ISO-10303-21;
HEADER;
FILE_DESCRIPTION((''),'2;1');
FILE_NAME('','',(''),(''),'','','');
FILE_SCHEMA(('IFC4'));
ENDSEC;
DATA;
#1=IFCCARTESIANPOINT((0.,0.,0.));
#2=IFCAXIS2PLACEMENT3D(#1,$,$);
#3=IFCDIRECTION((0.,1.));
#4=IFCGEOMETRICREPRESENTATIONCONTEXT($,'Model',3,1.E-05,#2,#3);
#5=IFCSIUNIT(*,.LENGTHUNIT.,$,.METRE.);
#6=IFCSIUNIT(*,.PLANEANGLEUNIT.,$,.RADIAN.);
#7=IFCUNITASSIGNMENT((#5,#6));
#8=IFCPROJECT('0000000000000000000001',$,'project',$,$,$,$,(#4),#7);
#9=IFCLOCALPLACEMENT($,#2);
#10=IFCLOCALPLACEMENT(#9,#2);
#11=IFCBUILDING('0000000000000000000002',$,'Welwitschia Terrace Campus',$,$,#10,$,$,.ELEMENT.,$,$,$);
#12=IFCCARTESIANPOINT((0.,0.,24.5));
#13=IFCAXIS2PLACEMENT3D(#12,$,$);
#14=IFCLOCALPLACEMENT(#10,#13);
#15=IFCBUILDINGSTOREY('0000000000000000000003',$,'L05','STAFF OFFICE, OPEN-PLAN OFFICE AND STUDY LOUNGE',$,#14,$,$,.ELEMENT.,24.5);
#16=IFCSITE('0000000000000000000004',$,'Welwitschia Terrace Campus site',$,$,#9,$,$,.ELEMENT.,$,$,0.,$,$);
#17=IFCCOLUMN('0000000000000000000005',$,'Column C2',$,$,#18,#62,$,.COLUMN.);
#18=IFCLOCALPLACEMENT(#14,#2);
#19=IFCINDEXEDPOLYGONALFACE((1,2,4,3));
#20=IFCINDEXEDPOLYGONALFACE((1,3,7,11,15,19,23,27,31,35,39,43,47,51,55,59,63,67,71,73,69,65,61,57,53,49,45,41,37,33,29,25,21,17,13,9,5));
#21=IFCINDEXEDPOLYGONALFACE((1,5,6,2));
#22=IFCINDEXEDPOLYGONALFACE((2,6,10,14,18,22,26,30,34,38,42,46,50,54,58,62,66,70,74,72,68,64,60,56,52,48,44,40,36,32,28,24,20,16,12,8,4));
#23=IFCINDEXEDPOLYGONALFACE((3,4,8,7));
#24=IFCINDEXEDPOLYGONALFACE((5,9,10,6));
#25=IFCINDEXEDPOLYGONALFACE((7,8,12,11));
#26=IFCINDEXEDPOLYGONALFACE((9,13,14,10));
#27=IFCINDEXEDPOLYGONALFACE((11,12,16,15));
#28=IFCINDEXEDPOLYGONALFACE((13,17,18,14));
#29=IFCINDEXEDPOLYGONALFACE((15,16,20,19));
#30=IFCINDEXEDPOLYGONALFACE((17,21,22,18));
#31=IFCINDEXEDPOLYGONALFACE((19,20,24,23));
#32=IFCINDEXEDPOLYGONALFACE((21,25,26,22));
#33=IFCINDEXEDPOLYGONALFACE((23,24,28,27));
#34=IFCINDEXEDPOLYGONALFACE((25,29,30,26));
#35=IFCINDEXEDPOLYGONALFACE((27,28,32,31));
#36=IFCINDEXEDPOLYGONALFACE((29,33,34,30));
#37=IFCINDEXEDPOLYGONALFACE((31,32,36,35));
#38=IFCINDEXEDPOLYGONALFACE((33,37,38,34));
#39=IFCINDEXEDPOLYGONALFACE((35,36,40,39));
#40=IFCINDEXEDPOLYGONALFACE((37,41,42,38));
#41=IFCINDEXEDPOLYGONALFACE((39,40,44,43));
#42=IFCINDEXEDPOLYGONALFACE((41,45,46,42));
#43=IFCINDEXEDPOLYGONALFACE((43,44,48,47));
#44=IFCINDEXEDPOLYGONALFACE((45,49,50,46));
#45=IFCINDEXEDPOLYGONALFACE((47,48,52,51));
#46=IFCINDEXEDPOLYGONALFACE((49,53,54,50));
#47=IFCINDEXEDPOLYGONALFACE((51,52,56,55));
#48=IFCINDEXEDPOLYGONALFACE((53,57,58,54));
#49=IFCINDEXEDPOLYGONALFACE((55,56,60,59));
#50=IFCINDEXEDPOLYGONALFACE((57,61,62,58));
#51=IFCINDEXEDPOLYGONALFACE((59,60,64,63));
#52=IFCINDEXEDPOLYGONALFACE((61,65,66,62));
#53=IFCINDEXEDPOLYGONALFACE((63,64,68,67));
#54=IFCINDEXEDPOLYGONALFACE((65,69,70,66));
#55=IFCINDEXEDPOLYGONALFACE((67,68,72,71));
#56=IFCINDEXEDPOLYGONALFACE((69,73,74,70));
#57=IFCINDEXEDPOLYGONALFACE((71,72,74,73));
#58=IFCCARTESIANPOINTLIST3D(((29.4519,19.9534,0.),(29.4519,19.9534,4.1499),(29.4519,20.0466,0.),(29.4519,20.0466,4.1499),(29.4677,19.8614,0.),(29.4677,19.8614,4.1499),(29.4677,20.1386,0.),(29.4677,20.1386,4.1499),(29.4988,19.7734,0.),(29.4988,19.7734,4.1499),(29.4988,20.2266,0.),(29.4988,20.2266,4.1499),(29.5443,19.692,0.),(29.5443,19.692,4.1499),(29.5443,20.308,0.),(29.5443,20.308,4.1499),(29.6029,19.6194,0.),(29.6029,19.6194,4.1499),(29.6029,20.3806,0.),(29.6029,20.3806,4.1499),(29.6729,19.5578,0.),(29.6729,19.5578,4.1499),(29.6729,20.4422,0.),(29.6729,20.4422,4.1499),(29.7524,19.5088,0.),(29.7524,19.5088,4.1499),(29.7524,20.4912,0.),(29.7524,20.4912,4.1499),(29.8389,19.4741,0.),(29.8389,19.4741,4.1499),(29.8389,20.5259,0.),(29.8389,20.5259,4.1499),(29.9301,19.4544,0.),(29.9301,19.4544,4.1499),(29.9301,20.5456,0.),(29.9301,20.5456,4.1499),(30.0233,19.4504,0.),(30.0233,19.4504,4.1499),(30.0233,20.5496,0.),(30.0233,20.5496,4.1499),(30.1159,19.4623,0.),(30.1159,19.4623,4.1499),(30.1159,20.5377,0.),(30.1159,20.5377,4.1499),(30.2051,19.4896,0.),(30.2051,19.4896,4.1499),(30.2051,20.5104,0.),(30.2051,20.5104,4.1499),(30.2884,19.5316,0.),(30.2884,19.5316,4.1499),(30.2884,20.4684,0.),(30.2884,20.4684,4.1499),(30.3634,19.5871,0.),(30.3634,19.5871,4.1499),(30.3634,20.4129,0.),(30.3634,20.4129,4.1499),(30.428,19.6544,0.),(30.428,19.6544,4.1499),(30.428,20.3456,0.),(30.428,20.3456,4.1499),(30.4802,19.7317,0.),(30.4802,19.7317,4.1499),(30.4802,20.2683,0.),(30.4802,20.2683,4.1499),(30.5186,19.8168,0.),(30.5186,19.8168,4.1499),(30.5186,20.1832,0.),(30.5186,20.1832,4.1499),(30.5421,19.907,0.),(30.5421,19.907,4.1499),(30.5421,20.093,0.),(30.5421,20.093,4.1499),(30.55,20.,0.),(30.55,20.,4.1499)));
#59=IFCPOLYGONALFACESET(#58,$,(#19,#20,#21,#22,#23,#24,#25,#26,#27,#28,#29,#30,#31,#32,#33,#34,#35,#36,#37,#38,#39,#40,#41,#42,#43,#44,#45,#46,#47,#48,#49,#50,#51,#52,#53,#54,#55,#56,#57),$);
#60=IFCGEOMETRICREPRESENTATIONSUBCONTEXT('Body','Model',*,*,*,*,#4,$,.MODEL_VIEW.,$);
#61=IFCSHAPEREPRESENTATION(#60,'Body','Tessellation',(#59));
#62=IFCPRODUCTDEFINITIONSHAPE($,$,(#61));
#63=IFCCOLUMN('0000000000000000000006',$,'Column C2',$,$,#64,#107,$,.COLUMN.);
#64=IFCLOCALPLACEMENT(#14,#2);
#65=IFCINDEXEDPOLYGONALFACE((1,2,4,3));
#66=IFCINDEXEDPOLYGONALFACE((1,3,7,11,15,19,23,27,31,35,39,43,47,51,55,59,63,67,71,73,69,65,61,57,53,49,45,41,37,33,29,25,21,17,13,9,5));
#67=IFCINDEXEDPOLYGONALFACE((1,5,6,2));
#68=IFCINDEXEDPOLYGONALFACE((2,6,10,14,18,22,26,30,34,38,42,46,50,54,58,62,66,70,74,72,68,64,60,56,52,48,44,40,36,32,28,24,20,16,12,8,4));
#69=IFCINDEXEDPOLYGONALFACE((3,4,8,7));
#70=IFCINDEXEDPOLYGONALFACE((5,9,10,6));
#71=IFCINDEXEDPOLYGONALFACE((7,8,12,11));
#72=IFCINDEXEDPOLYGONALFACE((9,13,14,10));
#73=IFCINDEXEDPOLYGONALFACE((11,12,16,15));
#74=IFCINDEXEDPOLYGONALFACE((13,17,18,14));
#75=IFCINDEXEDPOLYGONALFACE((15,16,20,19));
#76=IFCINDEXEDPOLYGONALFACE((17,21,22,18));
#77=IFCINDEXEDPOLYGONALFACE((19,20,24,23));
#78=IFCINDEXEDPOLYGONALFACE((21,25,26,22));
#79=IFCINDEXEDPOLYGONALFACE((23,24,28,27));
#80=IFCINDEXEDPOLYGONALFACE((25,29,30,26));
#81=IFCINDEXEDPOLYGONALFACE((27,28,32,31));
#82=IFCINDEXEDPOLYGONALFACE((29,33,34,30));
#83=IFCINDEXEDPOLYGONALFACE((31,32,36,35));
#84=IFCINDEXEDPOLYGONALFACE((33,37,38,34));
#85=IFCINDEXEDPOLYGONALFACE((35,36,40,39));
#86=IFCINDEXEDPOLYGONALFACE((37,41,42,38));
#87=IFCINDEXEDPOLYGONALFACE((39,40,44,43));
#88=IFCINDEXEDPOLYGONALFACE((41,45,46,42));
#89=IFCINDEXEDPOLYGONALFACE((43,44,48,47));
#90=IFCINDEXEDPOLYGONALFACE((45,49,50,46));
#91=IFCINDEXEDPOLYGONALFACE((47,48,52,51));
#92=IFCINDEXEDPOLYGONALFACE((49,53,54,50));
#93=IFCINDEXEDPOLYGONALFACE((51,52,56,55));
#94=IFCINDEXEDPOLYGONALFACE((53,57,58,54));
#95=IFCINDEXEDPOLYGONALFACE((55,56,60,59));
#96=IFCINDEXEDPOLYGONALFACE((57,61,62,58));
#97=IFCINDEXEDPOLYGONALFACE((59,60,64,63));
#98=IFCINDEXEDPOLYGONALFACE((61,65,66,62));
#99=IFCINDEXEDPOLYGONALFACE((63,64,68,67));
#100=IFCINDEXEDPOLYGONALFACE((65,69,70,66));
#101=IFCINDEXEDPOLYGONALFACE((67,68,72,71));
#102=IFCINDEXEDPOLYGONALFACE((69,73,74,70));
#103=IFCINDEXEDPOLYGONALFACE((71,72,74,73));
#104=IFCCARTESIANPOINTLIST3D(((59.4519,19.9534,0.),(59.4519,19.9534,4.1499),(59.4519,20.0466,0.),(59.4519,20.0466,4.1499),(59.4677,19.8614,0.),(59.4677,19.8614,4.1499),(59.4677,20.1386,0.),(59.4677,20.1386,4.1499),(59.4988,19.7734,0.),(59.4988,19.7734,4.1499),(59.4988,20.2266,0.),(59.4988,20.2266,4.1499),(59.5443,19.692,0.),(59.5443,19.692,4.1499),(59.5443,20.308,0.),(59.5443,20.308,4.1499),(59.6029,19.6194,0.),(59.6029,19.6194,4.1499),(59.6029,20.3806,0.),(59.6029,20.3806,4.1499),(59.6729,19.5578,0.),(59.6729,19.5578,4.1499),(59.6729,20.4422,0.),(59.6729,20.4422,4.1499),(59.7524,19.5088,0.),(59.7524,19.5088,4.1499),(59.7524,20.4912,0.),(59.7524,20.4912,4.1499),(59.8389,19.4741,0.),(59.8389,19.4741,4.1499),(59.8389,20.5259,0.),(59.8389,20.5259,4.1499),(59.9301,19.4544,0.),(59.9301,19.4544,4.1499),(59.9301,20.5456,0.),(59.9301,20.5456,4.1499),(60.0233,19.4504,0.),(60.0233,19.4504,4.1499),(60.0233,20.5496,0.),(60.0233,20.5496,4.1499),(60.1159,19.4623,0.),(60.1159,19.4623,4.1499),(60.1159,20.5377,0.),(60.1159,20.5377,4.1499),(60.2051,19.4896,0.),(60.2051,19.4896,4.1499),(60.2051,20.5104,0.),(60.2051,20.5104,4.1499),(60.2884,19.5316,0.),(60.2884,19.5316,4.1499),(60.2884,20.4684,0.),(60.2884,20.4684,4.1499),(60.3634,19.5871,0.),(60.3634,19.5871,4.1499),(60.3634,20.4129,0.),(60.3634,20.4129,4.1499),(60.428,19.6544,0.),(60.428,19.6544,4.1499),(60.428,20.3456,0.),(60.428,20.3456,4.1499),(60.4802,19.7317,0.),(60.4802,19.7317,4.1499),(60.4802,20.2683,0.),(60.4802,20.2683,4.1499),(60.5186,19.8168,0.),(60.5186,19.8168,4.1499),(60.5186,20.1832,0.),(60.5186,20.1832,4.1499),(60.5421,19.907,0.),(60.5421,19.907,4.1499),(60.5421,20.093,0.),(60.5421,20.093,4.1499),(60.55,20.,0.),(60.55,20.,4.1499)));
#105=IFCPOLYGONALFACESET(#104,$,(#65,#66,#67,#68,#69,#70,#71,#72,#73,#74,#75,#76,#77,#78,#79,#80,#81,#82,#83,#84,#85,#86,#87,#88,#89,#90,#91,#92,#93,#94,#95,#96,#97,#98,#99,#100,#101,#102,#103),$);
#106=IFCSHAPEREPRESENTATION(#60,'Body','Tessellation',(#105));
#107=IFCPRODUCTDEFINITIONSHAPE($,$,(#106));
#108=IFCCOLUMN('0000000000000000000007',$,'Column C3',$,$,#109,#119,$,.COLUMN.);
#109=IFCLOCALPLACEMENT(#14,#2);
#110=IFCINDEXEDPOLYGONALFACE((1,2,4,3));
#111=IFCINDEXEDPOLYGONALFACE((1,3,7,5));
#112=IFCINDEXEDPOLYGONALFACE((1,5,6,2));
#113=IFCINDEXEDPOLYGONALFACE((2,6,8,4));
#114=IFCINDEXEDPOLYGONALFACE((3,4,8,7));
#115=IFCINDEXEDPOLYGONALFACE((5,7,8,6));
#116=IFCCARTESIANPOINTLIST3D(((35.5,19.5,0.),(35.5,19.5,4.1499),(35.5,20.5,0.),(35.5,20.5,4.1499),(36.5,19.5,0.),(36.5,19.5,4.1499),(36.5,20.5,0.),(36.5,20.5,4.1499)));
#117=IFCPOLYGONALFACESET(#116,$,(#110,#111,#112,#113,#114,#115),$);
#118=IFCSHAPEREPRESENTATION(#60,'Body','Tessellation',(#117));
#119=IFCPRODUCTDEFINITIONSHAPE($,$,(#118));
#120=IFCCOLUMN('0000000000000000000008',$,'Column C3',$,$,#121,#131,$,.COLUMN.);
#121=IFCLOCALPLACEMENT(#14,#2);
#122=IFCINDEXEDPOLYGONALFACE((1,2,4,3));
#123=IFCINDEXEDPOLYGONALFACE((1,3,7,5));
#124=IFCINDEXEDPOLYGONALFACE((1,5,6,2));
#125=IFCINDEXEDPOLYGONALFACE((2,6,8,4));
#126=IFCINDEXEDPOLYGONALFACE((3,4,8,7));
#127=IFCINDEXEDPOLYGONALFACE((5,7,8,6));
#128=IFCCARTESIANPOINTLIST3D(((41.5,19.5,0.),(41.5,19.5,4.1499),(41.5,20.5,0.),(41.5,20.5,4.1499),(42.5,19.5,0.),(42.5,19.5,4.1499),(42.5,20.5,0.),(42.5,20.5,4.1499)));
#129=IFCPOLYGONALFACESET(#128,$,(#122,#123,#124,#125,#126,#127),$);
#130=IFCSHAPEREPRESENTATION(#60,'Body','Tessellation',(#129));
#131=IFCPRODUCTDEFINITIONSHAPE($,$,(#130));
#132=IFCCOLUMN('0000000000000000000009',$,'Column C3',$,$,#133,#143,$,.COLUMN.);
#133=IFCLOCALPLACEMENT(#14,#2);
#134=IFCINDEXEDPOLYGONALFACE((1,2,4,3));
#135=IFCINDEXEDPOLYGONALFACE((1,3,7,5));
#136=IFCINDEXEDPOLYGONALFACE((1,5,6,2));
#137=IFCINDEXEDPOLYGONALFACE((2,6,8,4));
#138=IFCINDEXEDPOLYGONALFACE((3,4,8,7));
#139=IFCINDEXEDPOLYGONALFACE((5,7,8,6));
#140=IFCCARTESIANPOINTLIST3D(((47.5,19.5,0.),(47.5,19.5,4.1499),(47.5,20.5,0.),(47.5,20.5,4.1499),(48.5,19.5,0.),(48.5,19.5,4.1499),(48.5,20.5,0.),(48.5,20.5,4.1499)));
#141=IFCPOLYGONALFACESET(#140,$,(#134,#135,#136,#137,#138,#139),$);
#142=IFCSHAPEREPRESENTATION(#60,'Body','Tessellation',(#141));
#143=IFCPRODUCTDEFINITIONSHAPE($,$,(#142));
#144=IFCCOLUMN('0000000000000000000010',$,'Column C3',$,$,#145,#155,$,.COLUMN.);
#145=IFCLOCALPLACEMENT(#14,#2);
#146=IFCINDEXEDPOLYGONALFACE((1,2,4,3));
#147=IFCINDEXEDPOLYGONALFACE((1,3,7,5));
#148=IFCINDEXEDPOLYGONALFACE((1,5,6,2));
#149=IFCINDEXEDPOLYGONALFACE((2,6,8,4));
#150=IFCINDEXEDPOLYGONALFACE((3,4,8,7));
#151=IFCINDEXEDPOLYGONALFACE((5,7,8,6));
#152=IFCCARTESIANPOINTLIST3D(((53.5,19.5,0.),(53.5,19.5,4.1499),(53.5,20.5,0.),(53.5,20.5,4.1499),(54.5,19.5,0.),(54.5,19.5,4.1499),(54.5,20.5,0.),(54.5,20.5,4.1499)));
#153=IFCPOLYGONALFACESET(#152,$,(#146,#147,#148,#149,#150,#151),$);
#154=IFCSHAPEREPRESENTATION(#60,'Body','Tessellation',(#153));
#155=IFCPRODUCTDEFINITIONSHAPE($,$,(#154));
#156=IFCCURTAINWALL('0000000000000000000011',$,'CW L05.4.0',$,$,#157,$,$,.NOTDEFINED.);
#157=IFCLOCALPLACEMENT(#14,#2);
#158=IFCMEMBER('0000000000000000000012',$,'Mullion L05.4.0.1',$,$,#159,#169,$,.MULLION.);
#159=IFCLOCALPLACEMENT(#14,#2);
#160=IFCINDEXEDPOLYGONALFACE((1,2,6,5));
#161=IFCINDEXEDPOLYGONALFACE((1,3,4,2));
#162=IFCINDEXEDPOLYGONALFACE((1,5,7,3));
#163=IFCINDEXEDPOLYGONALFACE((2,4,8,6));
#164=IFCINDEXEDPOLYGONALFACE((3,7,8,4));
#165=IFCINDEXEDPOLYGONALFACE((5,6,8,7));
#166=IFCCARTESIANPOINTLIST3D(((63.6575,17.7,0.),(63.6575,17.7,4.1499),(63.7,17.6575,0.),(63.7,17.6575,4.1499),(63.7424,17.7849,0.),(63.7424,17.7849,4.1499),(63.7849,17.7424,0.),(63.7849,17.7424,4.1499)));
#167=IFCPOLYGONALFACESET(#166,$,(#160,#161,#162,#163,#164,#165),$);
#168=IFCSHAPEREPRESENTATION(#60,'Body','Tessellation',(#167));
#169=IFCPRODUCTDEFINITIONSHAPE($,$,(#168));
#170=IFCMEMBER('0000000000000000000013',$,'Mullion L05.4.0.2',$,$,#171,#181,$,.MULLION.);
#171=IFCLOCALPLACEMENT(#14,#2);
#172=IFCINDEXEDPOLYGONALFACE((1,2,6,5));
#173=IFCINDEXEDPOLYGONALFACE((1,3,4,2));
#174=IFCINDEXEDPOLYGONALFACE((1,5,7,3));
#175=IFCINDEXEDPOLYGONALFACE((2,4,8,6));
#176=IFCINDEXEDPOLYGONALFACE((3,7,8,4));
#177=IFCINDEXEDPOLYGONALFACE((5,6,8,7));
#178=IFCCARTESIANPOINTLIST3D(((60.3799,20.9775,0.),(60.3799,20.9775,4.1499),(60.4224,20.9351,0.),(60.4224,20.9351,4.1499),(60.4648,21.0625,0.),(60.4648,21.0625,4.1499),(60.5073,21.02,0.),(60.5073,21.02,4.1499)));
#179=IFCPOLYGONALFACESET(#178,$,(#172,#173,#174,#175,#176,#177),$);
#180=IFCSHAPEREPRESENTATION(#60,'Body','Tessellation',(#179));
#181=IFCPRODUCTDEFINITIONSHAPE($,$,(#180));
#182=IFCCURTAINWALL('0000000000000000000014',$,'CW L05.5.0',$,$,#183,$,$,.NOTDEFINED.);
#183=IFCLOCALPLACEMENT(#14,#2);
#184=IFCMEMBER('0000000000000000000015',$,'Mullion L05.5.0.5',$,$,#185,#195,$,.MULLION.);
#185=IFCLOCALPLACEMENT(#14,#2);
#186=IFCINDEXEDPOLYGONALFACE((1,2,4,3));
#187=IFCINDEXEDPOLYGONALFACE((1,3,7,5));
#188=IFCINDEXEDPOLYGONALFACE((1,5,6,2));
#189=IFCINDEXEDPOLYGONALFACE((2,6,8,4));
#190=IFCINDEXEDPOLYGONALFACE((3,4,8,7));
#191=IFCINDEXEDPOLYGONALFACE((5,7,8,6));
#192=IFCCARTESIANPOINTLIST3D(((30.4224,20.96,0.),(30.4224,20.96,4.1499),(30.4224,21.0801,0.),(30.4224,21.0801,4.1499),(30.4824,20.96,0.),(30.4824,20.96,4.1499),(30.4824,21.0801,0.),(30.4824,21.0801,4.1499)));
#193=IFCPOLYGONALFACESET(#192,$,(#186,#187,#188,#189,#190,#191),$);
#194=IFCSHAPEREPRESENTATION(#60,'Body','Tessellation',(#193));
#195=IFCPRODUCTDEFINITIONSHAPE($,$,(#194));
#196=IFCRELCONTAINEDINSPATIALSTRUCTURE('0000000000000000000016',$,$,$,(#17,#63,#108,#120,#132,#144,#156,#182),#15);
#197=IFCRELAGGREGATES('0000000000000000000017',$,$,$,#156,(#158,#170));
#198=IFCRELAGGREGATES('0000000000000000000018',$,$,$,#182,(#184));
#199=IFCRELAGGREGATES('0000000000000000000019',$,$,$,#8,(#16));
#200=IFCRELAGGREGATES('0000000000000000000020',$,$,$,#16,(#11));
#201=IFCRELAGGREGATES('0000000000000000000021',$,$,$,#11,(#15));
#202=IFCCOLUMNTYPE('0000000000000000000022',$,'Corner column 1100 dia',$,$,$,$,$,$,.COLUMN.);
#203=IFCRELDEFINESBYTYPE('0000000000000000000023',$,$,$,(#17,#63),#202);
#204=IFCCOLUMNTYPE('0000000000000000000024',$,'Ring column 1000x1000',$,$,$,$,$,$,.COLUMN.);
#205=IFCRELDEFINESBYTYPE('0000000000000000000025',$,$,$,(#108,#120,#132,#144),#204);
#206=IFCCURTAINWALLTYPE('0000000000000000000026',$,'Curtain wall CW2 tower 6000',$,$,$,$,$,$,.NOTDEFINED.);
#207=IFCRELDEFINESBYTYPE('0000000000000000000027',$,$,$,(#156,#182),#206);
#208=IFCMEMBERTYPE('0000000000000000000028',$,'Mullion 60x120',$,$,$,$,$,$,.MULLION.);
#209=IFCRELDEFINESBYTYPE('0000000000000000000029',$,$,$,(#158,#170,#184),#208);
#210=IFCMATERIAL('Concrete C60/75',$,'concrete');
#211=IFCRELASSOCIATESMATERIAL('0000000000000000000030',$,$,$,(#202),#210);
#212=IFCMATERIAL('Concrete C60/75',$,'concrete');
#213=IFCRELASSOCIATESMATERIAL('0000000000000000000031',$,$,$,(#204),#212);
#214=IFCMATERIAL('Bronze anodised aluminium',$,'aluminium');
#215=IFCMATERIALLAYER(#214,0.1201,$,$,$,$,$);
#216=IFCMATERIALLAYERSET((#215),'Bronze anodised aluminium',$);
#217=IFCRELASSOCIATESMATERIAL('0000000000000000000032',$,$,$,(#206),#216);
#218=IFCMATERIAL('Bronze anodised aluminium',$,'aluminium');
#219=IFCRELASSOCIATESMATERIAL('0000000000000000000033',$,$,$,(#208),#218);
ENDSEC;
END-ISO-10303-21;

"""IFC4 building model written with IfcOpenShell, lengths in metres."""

from ifc_helpers import new_model, si_unit, direction, frame, origin, origin_2d, place, context, subcontext, project, spatial, rectangle, circle, extrude, material, layer, layer_set, material_profile, profile_set, type_object, element, aggregate, save


model = new_model("IFC4")

# Units and contexts
model_context = context("Model", 3, precision=1e-05, world=origin(), true_north=direction((0.0, 1.0)))
body_context = subcontext(model_context, "Body", "Model", "MODEL_VIEW")
ifc_project = project(units=[si_unit("LENGTHUNIT", "METRE"), si_unit("PLANEANGLEUNIT", "RADIAN")], contexts=[model_context])

# Site, building, storey
site_placement = place(None, origin())
site = spatial("IfcSite", under=ifc_project, at=site_placement, Name="Welwitschia Terrace Campus site", CompositionType="ELEMENT", RefElevation=0.0)
building_placement = place(site_placement, origin())
building = spatial("IfcBuilding", under=site, at=building_placement, Name="Welwitschia Terrace Campus", CompositionType="ELEMENT")
storey_placement = place(building_placement, frame((0.0, 0.0, 24.5)))
storey = spatial("IfcBuildingStorey", under=building, at=storey_placement, Name="L05", Description="STAFF OFFICE, OPEN-PLAN OFFICE AND STUDY LOUNGE", CompositionType="ELEMENT", Elevation=24.5)

# Columns
ifc_material_1 = material(Name="Concrete C60/75", Category="concrete")
ifc_material_profile_1 = material_profile(ifc_material_1, circle(Radius=0.55, at=origin_2d()))
ifc_profile_set_1 = profile_set([ifc_material_profile_1], Name="Concrete C60/75")
column_type_1 = type_object("IfcColumnType", Name="Corner column 1100 dia", PredefinedType="COLUMN", material=ifc_profile_set_1)
for number, where, z_axis, x_axis, name in (
    (1, (30.0, 20.0, 0.0), (0.0, 0.0, 1.0), (1.0, 0.0, 0.0), "Column C2"),
    (2, (60.0, 20.0, 0.0), (0.0, 0.0, 1.0), (1.0, 0.0, 0.0), "Column C2"),
):
    element("IfcColumn", number, at=place(storey_placement, frame(where, z_axis=z_axis, x_axis=x_axis)), inside=storey, type_object=column_type_1, Name=name, PredefinedType="COLUMN", context=body_context, shape_type="SweptSolid", body=[
        extrude(circle(Radius=0.55, at=origin_2d()), origin(), (0.0, 0.0, 1.0), 4.1499),
    ])
ifc_material_2 = material(Name="Concrete C60/75", Category="concrete")
ifc_material_profile_2 = material_profile(ifc_material_2, rectangle(XDim=1.0, YDim=1.0, at=origin_2d()))
ifc_profile_set_2 = profile_set([ifc_material_profile_2], Name="Concrete C60/75")
column_type_2 = type_object("IfcColumnType", Name="Ring column 1000x1000", PredefinedType="COLUMN", material=ifc_profile_set_2)
for number, where, z_axis, x_axis, name in (
    (3, (36.0, 20.0, 0.0), (0.0, 0.0, 1.0), (1.0, 0.0, 0.0), "Column C3"),
    (4, (42.0, 20.0, 0.0), (0.0, 0.0, 1.0), (1.0, 0.0, 0.0), "Column C3"),
    (5, (48.0, 20.0, 0.0), (0.0, 0.0, 1.0), (1.0, 0.0, 0.0), "Column C3"),
    (6, (54.0, 20.0, 0.0), (0.0, 0.0, 1.0), (1.0, 0.0, 0.0), "Column C3"),
):
    element("IfcColumn", number, at=place(storey_placement, frame(where, z_axis=z_axis, x_axis=x_axis)), inside=storey, type_object=column_type_2, Name=name, PredefinedType="COLUMN", context=body_context, shape_type="SweptSolid", body=[
        extrude(rectangle(XDim=1.0, YDim=1.0, at=origin_2d()), origin(), (0.0, 0.0, 1.0), 4.1499),
    ])

# Curtain wall, members
ifc_material_3 = material(Name="Bronze anodised aluminium", Category="aluminium")
ifc_layer_1 = layer(ifc_material_3, 0.1201)
ifc_layer_set_1 = layer_set([ifc_layer_1], Name="Bronze anodised aluminium")
curtain_wall_type = type_object("IfcCurtainWallType", Name="Curtain wall CW2 tower 6000", PredefinedType="NOTDEFINED", material=ifc_layer_set_1)
curtain_wall_1_placement = place(storey_placement, origin())
curtain_wall_1 = element("IfcCurtainWall", 7, at=curtain_wall_1_placement, inside=storey, type_object=curtain_wall_type, Name="CW L05.4.0", PredefinedType="NOTDEFINED")
ifc_material_4 = material(Name="Bronze anodised aluminium", Category="aluminium")
ifc_material_profile_3 = material_profile(ifc_material_4, rectangle(XDim=0.1201, YDim=0.0601, at=origin_2d()))
ifc_profile_set_3 = profile_set([ifc_material_profile_3], Name="Bronze anodised aluminium")
member_type_1 = type_object("IfcMemberType", Name="Mullion 60x120", PredefinedType="MULLION", material=ifc_profile_set_3)
member_1_placement = place(storey_placement, frame((63.7212, 17.7212, 0.0), z_axis=(0.0, 0.0, 1.0), x_axis=(-0.707107, -0.707107, 0.0)))
member_1 = element("IfcMember", 8, at=member_1_placement, type_object=member_type_1, Name="Mullion L05.4.0.1", PredefinedType="MULLION", context=body_context, shape_type="SweptSolid", body=[
    extrude(rectangle(XDim=0.1201, YDim=0.0601, at=origin_2d()), origin(), (0.0, 0.0, 1.0), 4.1499),
])
member_2_placement = place(storey_placement, frame((60.4436, 20.9988, 0.0), z_axis=(0.0, 0.0, 1.0), x_axis=(-0.707107, -0.707107, 0.0)))
member_2 = element("IfcMember", 9, at=member_2_placement, type_object=member_type_1, Name="Mullion L05.4.0.2", PredefinedType="MULLION", context=body_context, shape_type="SweptSolid", body=[
    extrude(rectangle(XDim=0.1201, YDim=0.0601, at=origin_2d()), origin(), (0.0, 0.0, 1.0), 4.1499),
])

# Curtain wall, member
curtain_wall_2_placement = place(storey_placement, origin())
curtain_wall_2 = element("IfcCurtainWall", 10, at=curtain_wall_2_placement, inside=storey, type_object=curtain_wall_type, Name="CW L05.5.0", PredefinedType="NOTDEFINED")
member_3_placement = place(storey_placement, frame((30.4524, 21.02, 0.0), z_axis=(0.0, 0.0, 1.0), x_axis=(0.0, -1.0, 0.0)))
member_3 = element("IfcMember", 11, at=member_3_placement, type_object=member_type_1, Name="Mullion L05.5.0.5", PredefinedType="MULLION", context=body_context, shape_type="SweptSolid", body=[
    extrude(rectangle(XDim=0.1201, YDim=0.0601, at=origin_2d()), origin(), (0.0, 0.0, 1.0), 4.1499),
])

aggregate(curtain_wall_1, [member_1, member_2])
aggregate(curtain_wall_2, [member_3])

save(model, "model.ifc")
